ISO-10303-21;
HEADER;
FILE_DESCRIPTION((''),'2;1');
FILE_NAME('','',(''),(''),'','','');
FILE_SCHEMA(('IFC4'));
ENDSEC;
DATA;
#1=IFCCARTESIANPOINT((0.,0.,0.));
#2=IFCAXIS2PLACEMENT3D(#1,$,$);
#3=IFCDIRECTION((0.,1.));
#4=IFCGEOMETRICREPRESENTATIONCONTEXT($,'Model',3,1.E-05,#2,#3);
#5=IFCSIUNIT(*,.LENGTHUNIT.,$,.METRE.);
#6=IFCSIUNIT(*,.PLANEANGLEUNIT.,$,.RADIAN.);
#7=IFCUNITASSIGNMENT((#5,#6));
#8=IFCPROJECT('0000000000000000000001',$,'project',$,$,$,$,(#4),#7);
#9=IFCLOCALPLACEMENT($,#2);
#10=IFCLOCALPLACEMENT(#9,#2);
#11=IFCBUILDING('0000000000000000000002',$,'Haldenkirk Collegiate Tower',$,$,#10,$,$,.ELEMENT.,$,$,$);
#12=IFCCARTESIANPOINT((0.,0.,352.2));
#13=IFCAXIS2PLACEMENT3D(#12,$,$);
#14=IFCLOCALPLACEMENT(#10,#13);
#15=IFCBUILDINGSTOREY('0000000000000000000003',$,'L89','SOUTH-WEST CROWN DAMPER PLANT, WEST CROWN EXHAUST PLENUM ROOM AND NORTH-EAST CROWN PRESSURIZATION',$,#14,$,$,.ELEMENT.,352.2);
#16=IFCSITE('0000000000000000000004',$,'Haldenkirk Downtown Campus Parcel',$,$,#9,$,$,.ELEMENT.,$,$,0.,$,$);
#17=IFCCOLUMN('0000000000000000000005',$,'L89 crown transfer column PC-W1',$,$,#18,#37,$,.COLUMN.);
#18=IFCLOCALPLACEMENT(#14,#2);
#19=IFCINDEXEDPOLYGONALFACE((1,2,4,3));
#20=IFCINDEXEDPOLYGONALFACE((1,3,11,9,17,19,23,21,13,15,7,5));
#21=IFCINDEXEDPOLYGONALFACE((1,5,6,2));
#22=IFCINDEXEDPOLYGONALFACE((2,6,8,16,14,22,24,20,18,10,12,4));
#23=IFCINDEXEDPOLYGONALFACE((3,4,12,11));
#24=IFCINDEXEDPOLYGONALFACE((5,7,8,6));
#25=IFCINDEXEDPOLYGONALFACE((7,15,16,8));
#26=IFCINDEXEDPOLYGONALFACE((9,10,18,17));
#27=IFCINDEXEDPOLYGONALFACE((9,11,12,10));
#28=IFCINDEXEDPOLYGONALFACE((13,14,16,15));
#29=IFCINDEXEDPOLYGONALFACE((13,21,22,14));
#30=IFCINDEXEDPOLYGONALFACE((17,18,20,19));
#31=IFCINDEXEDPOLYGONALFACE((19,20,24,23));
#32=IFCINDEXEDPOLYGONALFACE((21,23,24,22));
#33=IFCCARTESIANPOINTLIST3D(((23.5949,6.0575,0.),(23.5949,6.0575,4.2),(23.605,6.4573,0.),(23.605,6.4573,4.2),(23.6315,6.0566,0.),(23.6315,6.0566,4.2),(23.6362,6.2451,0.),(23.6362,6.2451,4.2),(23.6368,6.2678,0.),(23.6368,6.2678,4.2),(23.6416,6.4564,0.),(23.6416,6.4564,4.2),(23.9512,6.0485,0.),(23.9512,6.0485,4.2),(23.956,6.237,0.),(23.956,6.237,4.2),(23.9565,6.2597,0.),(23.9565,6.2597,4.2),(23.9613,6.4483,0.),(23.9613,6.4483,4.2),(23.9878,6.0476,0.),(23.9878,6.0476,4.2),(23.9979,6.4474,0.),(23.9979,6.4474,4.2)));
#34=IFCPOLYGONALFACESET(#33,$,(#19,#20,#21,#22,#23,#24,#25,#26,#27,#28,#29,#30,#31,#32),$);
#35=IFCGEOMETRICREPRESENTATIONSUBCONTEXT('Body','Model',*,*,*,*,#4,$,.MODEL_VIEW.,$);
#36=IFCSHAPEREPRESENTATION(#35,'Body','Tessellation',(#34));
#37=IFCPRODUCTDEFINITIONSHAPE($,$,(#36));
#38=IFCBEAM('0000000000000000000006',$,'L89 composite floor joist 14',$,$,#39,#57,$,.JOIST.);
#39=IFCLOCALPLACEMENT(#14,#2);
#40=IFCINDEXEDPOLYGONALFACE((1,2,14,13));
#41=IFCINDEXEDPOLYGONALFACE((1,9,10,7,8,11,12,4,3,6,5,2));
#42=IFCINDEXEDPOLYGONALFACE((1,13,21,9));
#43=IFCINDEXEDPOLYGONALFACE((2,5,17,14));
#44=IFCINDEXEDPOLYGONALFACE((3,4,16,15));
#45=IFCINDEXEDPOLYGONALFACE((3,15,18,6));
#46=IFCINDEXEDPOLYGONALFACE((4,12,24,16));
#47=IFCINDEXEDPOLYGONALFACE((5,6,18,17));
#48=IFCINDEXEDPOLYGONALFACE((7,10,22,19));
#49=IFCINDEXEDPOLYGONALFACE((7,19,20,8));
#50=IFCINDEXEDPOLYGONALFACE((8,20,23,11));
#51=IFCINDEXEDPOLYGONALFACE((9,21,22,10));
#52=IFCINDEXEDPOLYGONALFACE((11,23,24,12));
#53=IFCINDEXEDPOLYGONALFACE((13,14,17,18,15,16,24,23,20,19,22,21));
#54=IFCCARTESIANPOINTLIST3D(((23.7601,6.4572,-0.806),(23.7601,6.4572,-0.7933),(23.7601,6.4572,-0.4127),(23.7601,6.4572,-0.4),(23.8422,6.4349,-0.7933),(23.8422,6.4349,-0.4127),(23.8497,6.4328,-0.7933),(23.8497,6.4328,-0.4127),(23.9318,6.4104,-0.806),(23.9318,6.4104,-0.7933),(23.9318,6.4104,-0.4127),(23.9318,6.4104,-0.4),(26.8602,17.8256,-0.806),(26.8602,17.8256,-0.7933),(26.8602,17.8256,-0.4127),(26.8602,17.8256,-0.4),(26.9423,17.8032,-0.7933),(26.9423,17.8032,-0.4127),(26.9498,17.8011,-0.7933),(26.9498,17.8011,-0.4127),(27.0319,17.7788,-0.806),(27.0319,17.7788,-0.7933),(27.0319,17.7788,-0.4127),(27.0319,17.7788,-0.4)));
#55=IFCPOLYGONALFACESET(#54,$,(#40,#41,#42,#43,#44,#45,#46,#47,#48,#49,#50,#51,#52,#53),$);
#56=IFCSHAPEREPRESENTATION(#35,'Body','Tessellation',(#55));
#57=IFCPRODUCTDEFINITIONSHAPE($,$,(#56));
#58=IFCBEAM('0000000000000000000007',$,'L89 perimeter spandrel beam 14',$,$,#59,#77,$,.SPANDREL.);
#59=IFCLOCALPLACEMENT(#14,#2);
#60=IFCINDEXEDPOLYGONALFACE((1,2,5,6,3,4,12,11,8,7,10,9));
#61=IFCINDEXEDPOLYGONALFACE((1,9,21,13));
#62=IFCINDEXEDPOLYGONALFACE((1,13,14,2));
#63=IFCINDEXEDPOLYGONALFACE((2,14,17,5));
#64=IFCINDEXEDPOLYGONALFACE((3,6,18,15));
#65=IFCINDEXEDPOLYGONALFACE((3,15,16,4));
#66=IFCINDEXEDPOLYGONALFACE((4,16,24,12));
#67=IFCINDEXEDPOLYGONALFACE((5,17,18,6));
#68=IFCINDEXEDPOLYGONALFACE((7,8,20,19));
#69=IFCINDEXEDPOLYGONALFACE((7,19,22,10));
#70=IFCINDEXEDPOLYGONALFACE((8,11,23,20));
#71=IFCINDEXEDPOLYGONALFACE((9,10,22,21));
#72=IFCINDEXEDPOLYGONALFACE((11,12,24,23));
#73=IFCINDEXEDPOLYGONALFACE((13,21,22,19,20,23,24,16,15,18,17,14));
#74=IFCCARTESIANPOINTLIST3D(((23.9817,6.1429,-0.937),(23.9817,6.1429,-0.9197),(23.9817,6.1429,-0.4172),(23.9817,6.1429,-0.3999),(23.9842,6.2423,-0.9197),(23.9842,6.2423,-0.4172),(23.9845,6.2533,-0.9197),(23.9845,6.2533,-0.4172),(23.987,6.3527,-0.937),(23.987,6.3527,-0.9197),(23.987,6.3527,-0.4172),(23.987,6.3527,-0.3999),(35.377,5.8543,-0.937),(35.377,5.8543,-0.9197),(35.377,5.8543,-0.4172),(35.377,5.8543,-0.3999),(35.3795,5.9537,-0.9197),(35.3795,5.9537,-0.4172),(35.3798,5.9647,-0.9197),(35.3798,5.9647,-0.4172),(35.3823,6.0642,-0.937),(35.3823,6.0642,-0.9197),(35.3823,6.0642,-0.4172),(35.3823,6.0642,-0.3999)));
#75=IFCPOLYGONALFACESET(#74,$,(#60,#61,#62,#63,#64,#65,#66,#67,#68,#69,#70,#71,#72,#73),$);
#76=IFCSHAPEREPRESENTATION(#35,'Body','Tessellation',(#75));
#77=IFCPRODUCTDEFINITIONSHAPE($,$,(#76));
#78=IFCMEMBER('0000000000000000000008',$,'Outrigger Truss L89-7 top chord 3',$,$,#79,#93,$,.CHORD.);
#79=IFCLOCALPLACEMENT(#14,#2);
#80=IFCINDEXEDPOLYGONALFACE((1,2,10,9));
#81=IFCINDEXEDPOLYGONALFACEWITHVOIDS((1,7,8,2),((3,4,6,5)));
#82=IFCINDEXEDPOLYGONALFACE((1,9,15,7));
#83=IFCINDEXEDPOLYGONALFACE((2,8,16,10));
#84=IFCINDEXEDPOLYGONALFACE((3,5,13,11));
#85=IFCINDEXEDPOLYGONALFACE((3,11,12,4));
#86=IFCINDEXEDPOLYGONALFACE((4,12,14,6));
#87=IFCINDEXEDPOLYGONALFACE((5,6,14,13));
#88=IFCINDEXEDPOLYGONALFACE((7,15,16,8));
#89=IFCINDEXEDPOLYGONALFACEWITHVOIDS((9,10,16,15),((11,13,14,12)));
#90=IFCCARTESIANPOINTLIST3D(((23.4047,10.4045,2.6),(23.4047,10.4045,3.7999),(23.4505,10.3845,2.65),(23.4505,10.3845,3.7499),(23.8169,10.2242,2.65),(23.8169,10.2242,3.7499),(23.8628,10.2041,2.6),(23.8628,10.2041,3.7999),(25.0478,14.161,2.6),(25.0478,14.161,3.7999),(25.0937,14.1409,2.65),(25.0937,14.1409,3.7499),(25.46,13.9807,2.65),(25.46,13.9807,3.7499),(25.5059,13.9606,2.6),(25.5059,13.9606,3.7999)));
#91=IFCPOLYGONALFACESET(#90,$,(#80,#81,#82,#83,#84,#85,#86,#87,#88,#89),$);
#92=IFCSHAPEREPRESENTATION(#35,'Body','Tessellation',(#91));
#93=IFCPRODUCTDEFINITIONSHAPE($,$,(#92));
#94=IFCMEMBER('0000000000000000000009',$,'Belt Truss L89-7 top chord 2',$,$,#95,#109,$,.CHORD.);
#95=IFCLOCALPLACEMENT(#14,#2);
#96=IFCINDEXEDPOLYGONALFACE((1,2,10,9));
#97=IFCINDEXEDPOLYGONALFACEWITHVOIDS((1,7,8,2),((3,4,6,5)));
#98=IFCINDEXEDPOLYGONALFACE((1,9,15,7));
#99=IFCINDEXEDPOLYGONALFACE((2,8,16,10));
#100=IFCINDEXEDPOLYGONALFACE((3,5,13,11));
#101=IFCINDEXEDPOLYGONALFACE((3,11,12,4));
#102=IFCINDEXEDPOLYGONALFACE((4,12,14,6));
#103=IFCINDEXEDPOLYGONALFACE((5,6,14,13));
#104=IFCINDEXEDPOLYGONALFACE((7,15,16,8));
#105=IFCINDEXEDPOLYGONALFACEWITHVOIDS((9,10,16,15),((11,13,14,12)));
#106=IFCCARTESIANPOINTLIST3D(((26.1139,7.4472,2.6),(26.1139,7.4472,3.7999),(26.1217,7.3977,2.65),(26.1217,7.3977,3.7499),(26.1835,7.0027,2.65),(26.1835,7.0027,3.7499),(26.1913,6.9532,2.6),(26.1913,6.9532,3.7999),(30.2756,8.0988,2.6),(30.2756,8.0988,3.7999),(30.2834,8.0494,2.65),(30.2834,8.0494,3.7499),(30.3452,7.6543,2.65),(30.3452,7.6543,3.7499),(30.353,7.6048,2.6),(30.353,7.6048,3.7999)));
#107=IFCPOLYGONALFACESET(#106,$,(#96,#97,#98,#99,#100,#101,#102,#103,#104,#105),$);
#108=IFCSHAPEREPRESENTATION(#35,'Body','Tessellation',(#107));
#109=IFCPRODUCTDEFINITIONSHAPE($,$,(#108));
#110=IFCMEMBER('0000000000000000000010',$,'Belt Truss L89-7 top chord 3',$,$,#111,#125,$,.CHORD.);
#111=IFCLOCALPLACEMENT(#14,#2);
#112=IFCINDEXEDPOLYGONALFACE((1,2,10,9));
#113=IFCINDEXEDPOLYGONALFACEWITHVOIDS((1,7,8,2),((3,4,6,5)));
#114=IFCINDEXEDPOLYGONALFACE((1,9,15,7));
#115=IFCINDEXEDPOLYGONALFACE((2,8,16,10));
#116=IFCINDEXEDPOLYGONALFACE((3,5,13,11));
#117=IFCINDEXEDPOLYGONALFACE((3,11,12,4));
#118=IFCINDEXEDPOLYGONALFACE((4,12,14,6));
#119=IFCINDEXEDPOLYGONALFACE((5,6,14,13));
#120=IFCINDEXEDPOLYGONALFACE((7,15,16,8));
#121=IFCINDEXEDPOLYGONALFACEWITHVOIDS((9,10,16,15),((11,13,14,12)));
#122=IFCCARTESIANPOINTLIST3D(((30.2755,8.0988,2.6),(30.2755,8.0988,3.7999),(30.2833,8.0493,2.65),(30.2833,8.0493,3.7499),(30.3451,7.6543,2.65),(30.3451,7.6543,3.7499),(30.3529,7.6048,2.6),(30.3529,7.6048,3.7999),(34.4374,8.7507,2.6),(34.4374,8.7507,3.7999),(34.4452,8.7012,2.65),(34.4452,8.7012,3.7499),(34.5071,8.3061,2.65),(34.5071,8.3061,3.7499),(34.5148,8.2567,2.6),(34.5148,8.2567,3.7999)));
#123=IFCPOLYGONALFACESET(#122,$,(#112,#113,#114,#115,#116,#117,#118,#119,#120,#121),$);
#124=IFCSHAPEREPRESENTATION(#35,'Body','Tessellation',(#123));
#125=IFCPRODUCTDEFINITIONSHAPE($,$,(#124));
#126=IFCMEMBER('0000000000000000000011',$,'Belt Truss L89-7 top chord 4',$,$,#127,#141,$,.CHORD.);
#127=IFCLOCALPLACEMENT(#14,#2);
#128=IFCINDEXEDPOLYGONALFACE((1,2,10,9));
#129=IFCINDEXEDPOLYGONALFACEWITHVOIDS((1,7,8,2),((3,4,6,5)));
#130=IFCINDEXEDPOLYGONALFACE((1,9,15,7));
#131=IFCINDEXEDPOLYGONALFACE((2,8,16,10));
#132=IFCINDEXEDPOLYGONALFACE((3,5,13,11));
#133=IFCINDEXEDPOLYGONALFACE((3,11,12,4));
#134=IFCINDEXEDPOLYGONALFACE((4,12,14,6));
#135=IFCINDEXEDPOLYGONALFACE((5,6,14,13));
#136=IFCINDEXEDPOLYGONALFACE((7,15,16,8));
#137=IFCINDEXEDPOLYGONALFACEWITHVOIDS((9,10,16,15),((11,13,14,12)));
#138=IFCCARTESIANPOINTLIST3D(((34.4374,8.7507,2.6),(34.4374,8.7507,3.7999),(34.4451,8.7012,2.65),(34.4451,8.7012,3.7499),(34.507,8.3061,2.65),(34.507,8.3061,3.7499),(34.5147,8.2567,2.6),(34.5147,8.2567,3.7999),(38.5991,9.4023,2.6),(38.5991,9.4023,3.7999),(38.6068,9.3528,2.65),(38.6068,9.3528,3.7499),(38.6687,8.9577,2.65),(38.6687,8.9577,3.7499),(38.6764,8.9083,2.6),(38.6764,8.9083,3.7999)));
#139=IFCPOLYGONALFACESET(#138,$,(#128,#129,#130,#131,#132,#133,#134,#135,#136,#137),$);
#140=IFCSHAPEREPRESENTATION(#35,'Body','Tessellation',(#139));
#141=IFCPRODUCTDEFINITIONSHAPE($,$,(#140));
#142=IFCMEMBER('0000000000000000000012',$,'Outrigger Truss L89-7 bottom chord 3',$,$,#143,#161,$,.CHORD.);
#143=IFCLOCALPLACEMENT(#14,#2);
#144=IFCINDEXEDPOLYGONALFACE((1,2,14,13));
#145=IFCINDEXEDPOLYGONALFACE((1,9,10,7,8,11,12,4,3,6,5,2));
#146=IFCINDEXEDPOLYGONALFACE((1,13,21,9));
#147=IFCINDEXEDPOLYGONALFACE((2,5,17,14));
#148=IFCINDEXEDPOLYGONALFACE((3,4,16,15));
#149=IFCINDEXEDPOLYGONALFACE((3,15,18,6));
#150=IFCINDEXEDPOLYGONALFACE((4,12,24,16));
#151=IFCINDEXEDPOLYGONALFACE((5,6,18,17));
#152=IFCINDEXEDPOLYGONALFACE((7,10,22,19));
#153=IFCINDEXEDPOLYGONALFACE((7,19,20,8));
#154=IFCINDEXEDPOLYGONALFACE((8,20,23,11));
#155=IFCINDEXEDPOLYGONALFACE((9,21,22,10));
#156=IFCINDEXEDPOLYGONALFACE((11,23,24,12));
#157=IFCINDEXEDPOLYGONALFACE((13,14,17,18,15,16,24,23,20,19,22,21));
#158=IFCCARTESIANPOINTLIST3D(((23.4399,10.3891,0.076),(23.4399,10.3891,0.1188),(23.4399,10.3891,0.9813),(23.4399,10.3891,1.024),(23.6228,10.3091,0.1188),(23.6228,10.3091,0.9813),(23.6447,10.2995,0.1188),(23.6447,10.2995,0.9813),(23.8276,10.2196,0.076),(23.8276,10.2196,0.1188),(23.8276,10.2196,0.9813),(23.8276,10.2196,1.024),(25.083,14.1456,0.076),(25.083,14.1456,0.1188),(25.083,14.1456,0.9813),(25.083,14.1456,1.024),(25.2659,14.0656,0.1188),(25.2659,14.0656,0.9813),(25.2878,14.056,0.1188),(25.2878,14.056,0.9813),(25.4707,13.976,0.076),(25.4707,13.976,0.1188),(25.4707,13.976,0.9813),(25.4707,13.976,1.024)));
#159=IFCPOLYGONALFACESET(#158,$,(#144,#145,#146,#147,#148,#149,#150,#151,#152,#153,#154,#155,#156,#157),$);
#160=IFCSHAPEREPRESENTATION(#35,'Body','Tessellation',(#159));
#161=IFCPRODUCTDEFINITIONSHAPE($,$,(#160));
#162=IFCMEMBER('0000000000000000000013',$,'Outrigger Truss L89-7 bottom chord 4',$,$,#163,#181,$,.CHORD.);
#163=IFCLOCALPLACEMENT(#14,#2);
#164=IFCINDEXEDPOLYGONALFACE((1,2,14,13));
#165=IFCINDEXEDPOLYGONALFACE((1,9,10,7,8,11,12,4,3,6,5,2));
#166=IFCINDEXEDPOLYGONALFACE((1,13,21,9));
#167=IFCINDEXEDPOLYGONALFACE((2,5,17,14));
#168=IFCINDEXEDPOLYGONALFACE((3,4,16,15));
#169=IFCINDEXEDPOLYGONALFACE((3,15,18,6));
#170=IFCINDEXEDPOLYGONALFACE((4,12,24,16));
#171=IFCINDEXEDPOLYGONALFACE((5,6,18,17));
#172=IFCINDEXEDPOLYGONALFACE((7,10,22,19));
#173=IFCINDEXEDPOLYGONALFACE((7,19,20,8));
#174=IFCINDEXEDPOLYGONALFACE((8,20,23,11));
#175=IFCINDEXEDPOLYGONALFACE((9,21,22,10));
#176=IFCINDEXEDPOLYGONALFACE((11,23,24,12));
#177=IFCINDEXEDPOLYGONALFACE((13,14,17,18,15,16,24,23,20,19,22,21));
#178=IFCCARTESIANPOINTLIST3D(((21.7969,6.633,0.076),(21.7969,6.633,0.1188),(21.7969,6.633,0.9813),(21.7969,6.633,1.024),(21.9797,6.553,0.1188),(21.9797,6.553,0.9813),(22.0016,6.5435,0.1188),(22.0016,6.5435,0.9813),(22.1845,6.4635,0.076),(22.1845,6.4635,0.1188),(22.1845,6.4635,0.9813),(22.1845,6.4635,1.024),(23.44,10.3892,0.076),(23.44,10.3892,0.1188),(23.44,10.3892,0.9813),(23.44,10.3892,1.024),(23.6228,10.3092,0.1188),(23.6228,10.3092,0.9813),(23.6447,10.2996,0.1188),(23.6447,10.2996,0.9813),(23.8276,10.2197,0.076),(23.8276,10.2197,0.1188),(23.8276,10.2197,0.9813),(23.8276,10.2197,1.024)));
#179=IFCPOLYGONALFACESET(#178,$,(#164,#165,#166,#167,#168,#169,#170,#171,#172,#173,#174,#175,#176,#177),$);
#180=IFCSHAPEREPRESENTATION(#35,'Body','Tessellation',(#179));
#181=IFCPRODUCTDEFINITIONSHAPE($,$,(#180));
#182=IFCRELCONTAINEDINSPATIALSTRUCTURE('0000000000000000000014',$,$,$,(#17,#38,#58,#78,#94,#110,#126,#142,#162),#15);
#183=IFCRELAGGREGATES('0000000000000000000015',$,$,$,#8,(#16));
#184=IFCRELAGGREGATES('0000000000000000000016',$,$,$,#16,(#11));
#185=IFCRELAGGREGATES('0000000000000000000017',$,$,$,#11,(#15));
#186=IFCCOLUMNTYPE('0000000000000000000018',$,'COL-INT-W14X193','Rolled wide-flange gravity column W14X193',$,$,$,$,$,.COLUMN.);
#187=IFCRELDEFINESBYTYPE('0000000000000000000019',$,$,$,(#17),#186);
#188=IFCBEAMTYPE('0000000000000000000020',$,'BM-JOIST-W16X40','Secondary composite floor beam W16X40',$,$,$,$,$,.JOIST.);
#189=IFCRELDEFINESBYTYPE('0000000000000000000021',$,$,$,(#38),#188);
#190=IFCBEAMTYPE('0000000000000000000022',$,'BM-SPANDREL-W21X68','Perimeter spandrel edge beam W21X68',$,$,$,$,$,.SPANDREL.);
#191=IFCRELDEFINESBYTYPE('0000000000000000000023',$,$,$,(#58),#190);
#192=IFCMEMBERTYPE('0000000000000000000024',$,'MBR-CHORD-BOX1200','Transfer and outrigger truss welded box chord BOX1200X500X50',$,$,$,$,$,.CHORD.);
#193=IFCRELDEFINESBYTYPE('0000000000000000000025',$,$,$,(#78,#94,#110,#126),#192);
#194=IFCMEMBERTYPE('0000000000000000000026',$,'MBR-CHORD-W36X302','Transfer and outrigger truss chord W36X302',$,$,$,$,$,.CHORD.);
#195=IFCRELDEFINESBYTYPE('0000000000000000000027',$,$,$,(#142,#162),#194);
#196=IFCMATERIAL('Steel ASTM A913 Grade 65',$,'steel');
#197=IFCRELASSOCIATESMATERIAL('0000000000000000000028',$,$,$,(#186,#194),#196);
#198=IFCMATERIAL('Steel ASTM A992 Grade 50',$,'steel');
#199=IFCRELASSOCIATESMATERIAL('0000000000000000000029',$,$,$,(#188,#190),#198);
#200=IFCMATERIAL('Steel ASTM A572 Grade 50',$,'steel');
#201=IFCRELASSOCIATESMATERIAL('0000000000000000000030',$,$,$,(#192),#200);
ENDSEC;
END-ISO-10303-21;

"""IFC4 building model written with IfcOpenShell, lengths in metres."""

from ifc_helpers import new_model, si_unit, direction, frame, origin, origin_2d, place, context, subcontext, project, spatial, hollow_rectangle, i_section, extrude, material, material_profile, profile_set, type_object, element, save


model = new_model("IFC4")

# Units and contexts
model_context = context("Model", 3, precision=1e-05, world=origin(), true_north=direction((0.0, 1.0)))
body_context = subcontext(model_context, "Body", "Model", "MODEL_VIEW")
ifc_project = project(units=[si_unit("LENGTHUNIT", "METRE"), si_unit("PLANEANGLEUNIT", "RADIAN")], contexts=[model_context])

# Site, building, storey
site_placement = place(None, origin())
site = spatial("IfcSite", under=ifc_project, at=site_placement, Name="Haldenkirk Downtown Campus Parcel", CompositionType="ELEMENT", RefElevation=0.0)
building_placement = place(site_placement, origin())
building = spatial("IfcBuilding", under=site, at=building_placement, Name="Haldenkirk Collegiate Tower", CompositionType="ELEMENT")
storey_placement = place(building_placement, frame((0.0, 0.0, 352.2)))
storey = spatial("IfcBuildingStorey", under=building, at=storey_placement, Name="L89", Description="SOUTH-WEST CROWN DAMPER PLANT, WEST CROWN EXHAUST PLENUM ROOM AND NORTH-EAST CROWN PRESSURIZATION", CompositionType="ELEMENT", Elevation=352.2)

# Column
ifc_material_1 = material(Name="Steel ASTM A913 Grade 65", Category="steel")
ifc_material_profile_1 = material_profile(ifc_material_1, i_section(OverallWidth=0.3999, OverallDepth=0.3931, WebThickness=0.0227, FlangeThickness=0.0366, at=origin_2d()), Name="W14X193")
ifc_profile_set_1 = profile_set([ifc_material_profile_1], Name="Steel ASTM A913 Grade 65")
column_type = type_object("IfcColumnType", Name="COL-INT-W14X193", Description="Rolled wide-flange gravity column W14X193", PredefinedType="COLUMN", material=ifc_profile_set_1)
column_placement = place(storey_placement, frame((23.7964, 6.2524, 0.0), z_axis=(0.0, 0.0, 1.0), x_axis=(0.025305, 0.99968, 0.0)))
element("IfcColumn", 1, at=column_placement, inside=storey, type_object=column_type, Name="L89 crown transfer column PC-W1", PredefinedType="COLUMN", context=body_context, shape_type="SweptSolid", body=[
    extrude(i_section(OverallWidth=0.3999, OverallDepth=0.3931, WebThickness=0.0227, FlangeThickness=0.0366, at=origin_2d()), origin(), (0.0, 0.0, 1.0), 4.2),
])

# Beams
ifc_material_2 = material(Name="Steel ASTM A992 Grade 50", Category="steel")
ifc_material_profile_2 = material_profile(ifc_material_2, i_section(OverallWidth=0.178, OverallDepth=0.406, WebThickness=0.0078, FlangeThickness=0.0127, at=origin_2d()), Name="W16X40")
ifc_profile_set_2 = profile_set([ifc_material_profile_2], Name="Steel ASTM A992 Grade 50")
beam_type_1 = type_object("IfcBeamType", Name="BM-JOIST-W16X40", Description="Secondary composite floor beam W16X40", PredefinedType="JOIST", material=ifc_profile_set_2)
beam_1_placement = place(storey_placement, frame((23.8459, 6.4338, -0.603), z_axis=(0.263088, 0.964772, 0.0), x_axis=(-0.964772, 0.263088, 0.0)))
element("IfcBeam", 2, at=beam_1_placement, inside=storey, type_object=beam_type_1, Name="L89 composite floor joist 14", PredefinedType="JOIST", context=body_context, shape_type="SweptSolid", body=[
    extrude(i_section(OverallWidth=0.178, OverallDepth=0.406, WebThickness=0.0078, FlangeThickness=0.0127, at=origin_2d()), origin(), (0.0, 0.0, 1.0), 11.7834),
])
ifc_material_profile_3 = material_profile(ifc_material_2, i_section(OverallWidth=0.21, OverallDepth=0.5371, WebThickness=0.011, FlangeThickness=0.0173, at=origin_2d()), Name="W21X68")
ifc_profile_set_3 = profile_set([ifc_material_profile_3], Name="Steel ASTM A992 Grade 50")
beam_type_2 = type_object("IfcBeamType", Name="BM-SPANDREL-W21X68", Description="Perimeter spandrel edge beam W21X68", PredefinedType="SPANDREL", material=ifc_profile_set_3)
beam_2_placement = place(storey_placement, frame((23.9844, 6.2478, -0.6685), z_axis=(0.99968, -0.025316, 0.0), x_axis=(0.025316, 0.99968, 0.0)))
element("IfcBeam", 3, at=beam_2_placement, inside=storey, type_object=beam_type_2, Name="L89 perimeter spandrel beam 14", PredefinedType="SPANDREL", context=body_context, shape_type="SweptSolid", body=[
    extrude(i_section(OverallWidth=0.21, OverallDepth=0.5371, WebThickness=0.011, FlangeThickness=0.0173, at=origin_2d()), origin(), (0.0, 0.0, 1.0), 11.3989),
])

# Members
ifc_material_3 = material(Name="Steel ASTM A572 Grade 50", Category="steel")
ifc_material_profile_4 = material_profile(ifc_material_3, hollow_rectangle(XDim=0.5, YDim=1.2, WallThickness=0.05, at=origin_2d()), Name="BOX1200X500X50")
ifc_profile_set_4 = profile_set([ifc_material_profile_4], Name="Steel ASTM A572 Grade 50")
member_type_1 = type_object("IfcMemberType", Name="MBR-CHORD-BOX1200", Description="Transfer and outrigger truss welded box chord BOX1200X500X50", PredefinedType="CHORD", material=ifc_profile_set_4)
member_1_placement = place(storey_placement, frame((25.2769, 14.0608, 3.2), z_axis=(-0.40075, -0.916187, 0.0), x_axis=(0.916187, -0.40075, 0.0)))
element("IfcMember", 4, at=member_1_placement, inside=storey, type_object=member_type_1, Name="Outrigger Truss L89-7 top chord 3", PredefinedType="CHORD", context=body_context, shape_type="SweptSolid", body=[
    extrude(hollow_rectangle(XDim=0.5, YDim=1.2, WallThickness=0.05, at=origin_2d()), origin(), (0.0, 0.0, 1.0), 4.1001),
])
member_2_placement = place(storey_placement, frame((26.1526, 7.2002, 3.2), z_axis=(0.987963, 0.154692, 0.0), x_axis=(-0.154692, 0.987963, 0.0)))
element("IfcMember", 5, at=member_2_placement, inside=storey, type_object=member_type_1, Name="Belt Truss L89-7 top chord 2", PredefinedType="CHORD", context=body_context, shape_type="SweptSolid", body=[
    extrude(hollow_rectangle(XDim=0.5, YDim=1.2, WallThickness=0.05, at=origin_2d()), origin(), (0.0, 0.0, 1.0), 4.2124),
])
member_3_placement = place(storey_placement, frame((30.3142, 7.8518, 3.2), z_axis=(0.987955, 0.154739, 0.0), x_axis=(-0.154739, 0.987955, 0.0)))
element("IfcMember", 6, at=member_3_placement, inside=storey, type_object=member_type_1, Name="Belt Truss L89-7 top chord 3", PredefinedType="CHORD", context=body_context, shape_type="SweptSolid", body=[
    extrude(hollow_rectangle(XDim=0.5, YDim=1.2, WallThickness=0.05, at=origin_2d()), origin(), (0.0, 0.0, 1.0), 4.2126),
])
member_4_placement = place(storey_placement, frame((34.4761, 8.5037, 3.2), z_axis=(0.987963, 0.154692, 0.0), x_axis=(-0.154692, 0.987963, 0.0)))
element("IfcMember", 7, at=member_4_placement, inside=storey, type_object=member_type_1, Name="Belt Truss L89-7 top chord 4", PredefinedType="CHORD", context=body_context, shape_type="SweptSolid", body=[
    extrude(hollow_rectangle(XDim=0.5, YDim=1.2, WallThickness=0.05, at=origin_2d()), origin(), (0.0, 0.0, 1.0), 4.2124),
])
ifc_material_profile_5 = material_profile(ifc_material_1, i_section(OverallWidth=0.4231, OverallDepth=0.948, WebThickness=0.0239, FlangeThickness=0.0427, at=origin_2d()), Name="W36X302")
ifc_profile_set_5 = profile_set([ifc_material_profile_5], Name="Steel ASTM A913 Grade 65")
member_type_2 = type_object("IfcMemberType", Name="MBR-CHORD-W36X302", Description="Transfer and outrigger truss chord W36X302", PredefinedType="CHORD", material=ifc_profile_set_5)
member_5_placement = place(storey_placement, frame((25.2769, 14.0608, 0.55), z_axis=(-0.40075, -0.916187, 0.0), x_axis=(0.916187, -0.40075, 0.0)))
element("IfcMember", 8, at=member_5_placement, inside=storey, type_object=member_type_2, Name="Outrigger Truss L89-7 bottom chord 3", PredefinedType="CHORD", context=body_context, shape_type="SweptSolid", body=[
    extrude(i_section(OverallWidth=0.4231, OverallDepth=0.948, WebThickness=0.0239, FlangeThickness=0.0427, at=origin_2d()), origin(), (0.0, 0.0, 1.0), 4.1001),
])
member_6_placement = place(storey_placement, frame((23.6338, 10.3044, 0.55), z_axis=(-0.400772, -0.916178, 0.0), x_axis=(0.916178, -0.400772, 0.0)))
element("IfcMember", 9, at=member_6_placement, inside=storey, type_object=member_type_2, Name="Outrigger Truss L89-7 bottom chord 4", PredefinedType="CHORD", context=body_context, shape_type="SweptSolid", body=[
    extrude(i_section(OverallWidth=0.4231, OverallDepth=0.948, WebThickness=0.0239, FlangeThickness=0.0427, at=origin_2d()), origin(), (0.0, 0.0, 1.0), 4.0999),
])

save(model, "model.ifc")
